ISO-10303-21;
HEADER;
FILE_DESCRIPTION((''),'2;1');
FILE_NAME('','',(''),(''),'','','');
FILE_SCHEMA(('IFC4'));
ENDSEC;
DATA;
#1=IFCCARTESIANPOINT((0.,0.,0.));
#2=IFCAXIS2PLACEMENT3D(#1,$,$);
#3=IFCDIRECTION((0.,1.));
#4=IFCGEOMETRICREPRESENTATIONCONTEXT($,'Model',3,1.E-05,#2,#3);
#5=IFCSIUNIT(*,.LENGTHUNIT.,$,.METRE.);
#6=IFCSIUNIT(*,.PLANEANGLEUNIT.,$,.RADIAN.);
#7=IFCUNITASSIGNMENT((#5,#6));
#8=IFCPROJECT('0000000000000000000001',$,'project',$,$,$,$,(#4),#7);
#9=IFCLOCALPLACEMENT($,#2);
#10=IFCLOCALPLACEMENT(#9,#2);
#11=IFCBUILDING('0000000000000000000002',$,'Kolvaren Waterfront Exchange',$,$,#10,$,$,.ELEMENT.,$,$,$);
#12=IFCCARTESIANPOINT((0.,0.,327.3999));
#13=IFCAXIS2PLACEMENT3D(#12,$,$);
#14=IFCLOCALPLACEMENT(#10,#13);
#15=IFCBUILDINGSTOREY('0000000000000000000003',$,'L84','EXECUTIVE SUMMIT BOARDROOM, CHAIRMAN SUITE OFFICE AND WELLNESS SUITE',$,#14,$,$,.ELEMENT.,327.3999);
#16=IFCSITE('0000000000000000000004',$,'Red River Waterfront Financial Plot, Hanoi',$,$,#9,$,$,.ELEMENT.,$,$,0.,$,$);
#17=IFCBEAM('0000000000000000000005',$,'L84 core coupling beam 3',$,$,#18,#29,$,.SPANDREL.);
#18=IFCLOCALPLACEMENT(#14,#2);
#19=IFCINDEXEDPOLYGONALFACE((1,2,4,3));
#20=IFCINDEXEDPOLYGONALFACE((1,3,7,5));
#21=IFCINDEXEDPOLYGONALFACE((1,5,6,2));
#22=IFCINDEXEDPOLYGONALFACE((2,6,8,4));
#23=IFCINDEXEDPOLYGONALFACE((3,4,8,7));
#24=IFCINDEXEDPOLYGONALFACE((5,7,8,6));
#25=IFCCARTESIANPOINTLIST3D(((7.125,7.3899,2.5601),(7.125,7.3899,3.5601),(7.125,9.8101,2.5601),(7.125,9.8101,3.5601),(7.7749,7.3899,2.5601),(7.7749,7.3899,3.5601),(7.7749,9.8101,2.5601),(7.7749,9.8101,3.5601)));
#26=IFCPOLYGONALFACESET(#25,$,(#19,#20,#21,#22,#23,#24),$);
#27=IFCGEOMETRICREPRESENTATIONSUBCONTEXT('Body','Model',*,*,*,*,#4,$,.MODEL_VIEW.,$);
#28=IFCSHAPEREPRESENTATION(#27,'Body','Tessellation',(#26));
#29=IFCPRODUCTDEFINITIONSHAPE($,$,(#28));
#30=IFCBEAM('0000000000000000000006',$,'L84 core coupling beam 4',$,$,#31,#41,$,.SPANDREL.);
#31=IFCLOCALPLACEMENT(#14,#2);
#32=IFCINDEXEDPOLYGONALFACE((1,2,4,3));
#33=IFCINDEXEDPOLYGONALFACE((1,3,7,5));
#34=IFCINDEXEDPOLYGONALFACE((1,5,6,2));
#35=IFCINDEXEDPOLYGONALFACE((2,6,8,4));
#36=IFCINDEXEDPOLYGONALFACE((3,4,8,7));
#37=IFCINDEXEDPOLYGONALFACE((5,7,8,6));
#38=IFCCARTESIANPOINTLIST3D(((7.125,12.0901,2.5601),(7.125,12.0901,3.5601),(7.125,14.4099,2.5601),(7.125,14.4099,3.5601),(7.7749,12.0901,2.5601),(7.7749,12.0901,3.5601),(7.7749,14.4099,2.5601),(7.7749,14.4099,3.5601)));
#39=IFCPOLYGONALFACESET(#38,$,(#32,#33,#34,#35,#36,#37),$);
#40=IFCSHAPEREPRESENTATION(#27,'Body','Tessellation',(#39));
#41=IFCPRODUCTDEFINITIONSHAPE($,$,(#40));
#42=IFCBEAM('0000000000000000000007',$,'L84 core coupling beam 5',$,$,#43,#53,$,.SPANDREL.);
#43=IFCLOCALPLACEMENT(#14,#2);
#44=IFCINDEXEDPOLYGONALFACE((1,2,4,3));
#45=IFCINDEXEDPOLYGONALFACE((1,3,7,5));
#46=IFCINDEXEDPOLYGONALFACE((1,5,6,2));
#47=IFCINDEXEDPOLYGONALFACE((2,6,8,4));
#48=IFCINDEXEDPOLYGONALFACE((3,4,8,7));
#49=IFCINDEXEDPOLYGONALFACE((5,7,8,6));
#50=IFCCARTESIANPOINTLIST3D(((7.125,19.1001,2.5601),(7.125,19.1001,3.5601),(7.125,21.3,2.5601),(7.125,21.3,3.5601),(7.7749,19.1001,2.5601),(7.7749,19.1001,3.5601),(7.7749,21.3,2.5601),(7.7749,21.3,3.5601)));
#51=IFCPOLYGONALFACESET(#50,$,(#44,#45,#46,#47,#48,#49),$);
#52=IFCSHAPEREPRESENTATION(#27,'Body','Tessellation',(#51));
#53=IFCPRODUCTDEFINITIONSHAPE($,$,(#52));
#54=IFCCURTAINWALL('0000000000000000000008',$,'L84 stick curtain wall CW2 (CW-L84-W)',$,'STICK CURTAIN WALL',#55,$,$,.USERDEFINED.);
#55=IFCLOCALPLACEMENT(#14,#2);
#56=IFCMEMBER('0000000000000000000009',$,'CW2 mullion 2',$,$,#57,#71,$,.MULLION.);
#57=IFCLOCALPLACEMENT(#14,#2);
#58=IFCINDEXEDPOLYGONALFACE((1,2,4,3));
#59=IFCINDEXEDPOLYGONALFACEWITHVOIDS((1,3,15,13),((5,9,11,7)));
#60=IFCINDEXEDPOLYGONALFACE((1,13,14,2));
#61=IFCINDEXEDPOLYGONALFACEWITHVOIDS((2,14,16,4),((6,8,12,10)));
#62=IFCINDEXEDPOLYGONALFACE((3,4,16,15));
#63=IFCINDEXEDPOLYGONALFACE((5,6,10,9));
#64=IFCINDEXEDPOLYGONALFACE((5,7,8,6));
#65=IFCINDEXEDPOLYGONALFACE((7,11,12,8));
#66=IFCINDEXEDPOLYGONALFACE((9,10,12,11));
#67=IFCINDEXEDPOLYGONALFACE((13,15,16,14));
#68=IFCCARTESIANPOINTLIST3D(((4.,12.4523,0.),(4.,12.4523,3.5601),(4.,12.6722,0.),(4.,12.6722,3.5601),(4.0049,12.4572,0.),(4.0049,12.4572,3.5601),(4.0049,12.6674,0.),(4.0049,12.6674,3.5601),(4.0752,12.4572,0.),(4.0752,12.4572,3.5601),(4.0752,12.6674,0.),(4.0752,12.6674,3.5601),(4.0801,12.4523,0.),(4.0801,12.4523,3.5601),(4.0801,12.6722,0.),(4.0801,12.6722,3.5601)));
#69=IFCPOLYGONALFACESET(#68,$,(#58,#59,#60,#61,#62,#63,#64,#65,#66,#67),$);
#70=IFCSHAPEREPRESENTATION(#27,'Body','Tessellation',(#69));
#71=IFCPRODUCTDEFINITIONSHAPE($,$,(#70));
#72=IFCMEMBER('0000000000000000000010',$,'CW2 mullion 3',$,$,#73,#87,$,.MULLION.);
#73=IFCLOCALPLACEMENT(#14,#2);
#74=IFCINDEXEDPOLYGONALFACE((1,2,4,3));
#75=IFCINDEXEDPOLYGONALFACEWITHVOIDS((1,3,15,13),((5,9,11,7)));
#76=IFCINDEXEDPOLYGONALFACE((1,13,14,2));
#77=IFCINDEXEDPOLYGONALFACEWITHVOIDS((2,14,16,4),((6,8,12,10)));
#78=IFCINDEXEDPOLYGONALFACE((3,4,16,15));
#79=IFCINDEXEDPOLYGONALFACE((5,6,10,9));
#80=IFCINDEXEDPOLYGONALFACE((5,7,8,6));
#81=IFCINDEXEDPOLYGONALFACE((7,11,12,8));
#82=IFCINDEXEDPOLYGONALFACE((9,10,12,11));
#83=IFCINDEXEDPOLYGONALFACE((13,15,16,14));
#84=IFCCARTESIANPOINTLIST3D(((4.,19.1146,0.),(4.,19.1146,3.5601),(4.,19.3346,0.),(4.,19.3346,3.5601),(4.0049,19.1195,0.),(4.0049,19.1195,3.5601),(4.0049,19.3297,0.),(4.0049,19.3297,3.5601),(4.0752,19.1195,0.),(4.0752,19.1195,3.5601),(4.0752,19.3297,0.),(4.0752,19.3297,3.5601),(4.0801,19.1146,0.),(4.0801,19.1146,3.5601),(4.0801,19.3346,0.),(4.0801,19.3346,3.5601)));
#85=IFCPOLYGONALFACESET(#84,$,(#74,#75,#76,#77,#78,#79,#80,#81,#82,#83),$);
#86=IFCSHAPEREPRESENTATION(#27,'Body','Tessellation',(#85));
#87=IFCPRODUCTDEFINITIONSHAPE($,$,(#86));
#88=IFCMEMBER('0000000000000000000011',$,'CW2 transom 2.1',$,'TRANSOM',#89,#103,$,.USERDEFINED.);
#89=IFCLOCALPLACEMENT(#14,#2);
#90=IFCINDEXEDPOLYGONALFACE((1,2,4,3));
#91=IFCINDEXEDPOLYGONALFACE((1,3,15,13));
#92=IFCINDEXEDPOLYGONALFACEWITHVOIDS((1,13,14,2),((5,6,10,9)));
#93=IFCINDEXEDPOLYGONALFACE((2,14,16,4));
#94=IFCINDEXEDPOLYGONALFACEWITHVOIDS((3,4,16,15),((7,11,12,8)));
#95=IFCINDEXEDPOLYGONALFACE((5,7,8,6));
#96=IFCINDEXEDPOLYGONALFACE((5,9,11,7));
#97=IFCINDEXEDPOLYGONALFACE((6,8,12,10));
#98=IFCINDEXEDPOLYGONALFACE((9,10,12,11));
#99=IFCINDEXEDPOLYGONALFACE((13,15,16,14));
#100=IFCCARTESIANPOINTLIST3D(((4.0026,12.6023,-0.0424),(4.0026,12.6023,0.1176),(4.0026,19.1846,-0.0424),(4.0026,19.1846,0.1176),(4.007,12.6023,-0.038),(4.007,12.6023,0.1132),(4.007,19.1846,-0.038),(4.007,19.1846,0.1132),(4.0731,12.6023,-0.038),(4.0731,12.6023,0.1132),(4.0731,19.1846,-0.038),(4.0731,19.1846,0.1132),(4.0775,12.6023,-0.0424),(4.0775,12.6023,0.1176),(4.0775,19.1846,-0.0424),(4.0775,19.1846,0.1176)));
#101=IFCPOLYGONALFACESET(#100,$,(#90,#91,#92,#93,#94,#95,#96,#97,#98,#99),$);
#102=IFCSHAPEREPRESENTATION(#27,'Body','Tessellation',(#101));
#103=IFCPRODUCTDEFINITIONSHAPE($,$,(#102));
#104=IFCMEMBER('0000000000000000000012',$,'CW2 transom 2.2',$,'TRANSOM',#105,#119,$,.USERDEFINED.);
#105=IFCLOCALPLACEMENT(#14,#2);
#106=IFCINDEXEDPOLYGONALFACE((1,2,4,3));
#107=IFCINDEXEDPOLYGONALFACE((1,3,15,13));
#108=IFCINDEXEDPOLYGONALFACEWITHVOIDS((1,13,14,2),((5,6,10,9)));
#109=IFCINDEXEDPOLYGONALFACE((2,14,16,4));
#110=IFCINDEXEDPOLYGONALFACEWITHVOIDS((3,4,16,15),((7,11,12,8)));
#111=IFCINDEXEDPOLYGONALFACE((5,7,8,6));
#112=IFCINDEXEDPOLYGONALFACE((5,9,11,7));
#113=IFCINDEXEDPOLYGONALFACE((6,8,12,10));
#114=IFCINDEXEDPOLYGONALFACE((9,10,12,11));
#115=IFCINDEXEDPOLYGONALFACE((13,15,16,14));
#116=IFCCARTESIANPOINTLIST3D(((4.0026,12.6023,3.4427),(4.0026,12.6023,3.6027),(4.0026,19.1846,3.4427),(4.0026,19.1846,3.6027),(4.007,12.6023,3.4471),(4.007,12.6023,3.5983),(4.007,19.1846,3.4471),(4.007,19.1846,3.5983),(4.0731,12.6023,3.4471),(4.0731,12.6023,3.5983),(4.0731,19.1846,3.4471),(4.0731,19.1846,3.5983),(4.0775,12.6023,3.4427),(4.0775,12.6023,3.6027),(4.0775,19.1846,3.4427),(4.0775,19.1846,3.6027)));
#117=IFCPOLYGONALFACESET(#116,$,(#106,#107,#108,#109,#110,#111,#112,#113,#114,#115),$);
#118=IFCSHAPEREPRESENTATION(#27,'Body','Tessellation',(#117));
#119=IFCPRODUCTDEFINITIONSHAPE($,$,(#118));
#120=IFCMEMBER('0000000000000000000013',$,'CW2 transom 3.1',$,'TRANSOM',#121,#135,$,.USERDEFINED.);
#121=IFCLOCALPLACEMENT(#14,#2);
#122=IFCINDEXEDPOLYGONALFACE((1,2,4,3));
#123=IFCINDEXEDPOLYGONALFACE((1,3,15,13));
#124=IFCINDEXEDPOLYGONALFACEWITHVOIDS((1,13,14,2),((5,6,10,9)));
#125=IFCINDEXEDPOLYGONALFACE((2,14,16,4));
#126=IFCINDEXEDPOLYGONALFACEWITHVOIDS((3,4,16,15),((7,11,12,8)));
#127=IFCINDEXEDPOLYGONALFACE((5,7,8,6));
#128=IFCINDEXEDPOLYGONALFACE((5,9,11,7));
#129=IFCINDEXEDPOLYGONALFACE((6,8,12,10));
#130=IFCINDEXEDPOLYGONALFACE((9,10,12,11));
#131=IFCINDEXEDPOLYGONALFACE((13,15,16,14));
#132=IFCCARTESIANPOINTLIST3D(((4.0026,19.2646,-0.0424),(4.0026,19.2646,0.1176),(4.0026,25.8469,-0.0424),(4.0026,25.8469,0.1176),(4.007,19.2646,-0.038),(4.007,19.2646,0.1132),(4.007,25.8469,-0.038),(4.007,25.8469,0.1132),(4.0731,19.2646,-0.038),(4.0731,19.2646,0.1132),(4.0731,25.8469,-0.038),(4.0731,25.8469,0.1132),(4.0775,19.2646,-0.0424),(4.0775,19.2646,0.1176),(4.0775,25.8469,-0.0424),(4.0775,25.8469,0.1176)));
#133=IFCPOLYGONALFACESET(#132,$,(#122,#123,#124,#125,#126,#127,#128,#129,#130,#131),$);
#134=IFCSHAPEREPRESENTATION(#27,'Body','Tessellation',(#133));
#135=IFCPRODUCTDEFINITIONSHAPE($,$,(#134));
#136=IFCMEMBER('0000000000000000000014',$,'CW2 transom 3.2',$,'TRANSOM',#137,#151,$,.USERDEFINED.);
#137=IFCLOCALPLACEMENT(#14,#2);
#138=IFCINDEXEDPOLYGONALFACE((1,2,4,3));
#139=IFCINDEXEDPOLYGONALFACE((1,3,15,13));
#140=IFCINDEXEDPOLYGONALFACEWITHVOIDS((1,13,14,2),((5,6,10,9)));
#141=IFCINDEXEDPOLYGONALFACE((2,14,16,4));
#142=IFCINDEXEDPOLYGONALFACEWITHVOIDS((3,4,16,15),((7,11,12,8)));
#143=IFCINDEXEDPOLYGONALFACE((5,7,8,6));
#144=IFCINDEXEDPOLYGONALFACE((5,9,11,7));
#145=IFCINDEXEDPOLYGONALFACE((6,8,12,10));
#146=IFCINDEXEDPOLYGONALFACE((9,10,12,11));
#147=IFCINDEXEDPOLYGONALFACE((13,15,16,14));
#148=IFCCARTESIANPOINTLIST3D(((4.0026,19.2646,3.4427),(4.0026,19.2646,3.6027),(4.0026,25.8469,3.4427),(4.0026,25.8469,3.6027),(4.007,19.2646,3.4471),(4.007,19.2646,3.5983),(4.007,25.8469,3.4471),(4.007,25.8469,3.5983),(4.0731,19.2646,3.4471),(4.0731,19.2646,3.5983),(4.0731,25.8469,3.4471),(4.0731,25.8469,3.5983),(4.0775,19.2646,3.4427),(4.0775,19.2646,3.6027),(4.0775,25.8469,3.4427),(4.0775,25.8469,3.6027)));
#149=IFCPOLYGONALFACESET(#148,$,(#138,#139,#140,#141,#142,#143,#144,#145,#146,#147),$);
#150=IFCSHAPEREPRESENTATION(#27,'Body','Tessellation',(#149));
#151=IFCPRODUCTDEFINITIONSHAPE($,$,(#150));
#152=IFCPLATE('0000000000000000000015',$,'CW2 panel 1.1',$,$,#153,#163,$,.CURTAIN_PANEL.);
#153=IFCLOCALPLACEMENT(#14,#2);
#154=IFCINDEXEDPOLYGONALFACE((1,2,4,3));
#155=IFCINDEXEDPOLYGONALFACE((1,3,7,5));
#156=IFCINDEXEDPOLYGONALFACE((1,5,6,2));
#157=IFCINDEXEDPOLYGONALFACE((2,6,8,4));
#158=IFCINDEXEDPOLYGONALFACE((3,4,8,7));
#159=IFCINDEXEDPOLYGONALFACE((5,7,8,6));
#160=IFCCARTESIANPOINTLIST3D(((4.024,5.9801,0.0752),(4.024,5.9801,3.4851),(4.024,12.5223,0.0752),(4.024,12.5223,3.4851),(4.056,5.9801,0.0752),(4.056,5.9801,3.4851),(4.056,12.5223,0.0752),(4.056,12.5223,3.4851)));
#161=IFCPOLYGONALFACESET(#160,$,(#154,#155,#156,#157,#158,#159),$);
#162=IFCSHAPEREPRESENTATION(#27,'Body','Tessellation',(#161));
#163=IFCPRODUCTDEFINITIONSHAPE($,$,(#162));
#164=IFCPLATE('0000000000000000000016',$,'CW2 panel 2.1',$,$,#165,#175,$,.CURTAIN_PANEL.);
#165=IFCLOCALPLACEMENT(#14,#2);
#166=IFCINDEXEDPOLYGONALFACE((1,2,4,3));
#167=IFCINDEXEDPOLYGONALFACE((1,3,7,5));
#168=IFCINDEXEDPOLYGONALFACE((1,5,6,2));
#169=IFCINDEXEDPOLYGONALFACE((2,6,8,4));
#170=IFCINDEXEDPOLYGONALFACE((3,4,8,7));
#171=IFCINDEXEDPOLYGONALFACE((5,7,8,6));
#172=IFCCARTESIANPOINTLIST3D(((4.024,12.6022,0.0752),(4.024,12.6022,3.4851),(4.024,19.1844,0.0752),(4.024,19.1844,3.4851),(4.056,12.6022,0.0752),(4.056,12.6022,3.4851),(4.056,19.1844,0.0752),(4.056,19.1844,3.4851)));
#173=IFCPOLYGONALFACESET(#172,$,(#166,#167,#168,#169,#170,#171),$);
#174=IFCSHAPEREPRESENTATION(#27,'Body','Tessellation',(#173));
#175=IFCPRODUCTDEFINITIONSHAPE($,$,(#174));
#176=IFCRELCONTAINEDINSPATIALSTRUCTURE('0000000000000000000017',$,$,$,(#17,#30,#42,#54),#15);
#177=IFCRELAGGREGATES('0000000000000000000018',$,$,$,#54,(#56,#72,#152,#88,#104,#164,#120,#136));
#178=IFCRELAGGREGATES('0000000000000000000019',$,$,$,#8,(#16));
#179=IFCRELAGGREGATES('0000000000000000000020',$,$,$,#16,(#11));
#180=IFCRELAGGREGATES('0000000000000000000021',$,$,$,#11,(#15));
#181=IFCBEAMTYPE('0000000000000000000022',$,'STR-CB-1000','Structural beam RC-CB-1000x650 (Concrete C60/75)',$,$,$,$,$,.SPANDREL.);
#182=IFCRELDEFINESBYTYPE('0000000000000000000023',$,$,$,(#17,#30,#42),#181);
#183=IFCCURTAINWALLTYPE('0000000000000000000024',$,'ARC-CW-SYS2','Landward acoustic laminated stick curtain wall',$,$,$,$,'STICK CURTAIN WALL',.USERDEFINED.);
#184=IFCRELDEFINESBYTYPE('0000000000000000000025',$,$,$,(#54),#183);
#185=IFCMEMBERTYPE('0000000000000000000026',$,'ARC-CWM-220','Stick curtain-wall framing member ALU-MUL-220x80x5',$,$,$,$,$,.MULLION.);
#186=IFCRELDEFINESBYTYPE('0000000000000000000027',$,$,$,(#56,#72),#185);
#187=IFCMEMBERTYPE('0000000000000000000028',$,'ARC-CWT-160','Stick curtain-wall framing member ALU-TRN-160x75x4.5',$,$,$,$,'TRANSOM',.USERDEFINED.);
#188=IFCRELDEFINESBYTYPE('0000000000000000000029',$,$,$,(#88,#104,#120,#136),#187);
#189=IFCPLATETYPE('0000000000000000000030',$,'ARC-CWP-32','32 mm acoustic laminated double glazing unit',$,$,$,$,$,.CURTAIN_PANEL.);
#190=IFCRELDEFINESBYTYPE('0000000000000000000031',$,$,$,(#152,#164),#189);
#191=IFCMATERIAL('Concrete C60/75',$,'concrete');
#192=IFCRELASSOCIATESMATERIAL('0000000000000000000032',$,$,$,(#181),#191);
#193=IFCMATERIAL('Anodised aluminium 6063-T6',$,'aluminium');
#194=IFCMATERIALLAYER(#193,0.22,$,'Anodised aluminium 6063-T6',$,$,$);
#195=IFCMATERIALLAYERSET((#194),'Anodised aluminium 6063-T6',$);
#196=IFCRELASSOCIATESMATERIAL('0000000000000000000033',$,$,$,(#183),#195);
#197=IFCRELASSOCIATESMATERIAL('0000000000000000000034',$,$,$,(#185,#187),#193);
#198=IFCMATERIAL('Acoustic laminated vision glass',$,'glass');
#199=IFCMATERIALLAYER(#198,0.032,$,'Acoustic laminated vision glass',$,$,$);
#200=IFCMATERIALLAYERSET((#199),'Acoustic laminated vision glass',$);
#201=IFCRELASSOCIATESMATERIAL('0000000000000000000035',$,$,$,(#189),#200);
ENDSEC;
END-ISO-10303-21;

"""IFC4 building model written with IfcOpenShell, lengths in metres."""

from ifc_helpers import new_model, si_unit, direction, frame, origin, origin_with_axes, origin_2d, place, context, subcontext, project, spatial, rectangle, hollow_rectangle, extrude, source, transform, mapped, material, layer, layer_set, material_profile, profile_set, type_object, element, aggregate, save


model = new_model("IFC4")

# Units and contexts
model_context = context("Model", 3, precision=1e-05, world=origin(), true_north=direction((0.0, 1.0)))
body_context = subcontext(model_context, "Body", "Model", "MODEL_VIEW")
ifc_project = project(units=[si_unit("LENGTHUNIT", "METRE"), si_unit("PLANEANGLEUNIT", "RADIAN")], contexts=[model_context])

# Site, building, storey
site_placement = place(None, origin())
site = spatial("IfcSite", under=ifc_project, at=site_placement, Name="Red River Waterfront Financial Plot, Hanoi", CompositionType="ELEMENT", RefElevation=0.0)
building_placement = place(site_placement, origin())
building = spatial("IfcBuilding", under=site, at=building_placement, Name="Kolvaren Waterfront Exchange", CompositionType="ELEMENT")
storey_placement = place(building_placement, frame((0.0, 0.0, 327.3999)))
storey = spatial("IfcBuildingStorey", under=building, at=storey_placement, Name="L84", Description="EXECUTIVE SUMMIT BOARDROOM, CHAIRMAN SUITE OFFICE AND WELLNESS SUITE", CompositionType="ELEMENT", Elevation=327.3999)

# Beams
ifc_material_1 = material(Name="Concrete C60/75", Category="concrete")
ifc_material_profile_1 = material_profile(ifc_material_1, rectangle(XDim=0.6499, YDim=1.0, at=origin_2d()), Name="RC-CB-1000x650")
ifc_profile_set_1 = profile_set([ifc_material_profile_1], Name="Concrete C60/75")
beam_type = type_object("IfcBeamType", Name="STR-CB-1000", Description="Structural beam RC-CB-1000x650 (Concrete C60/75)", PredefinedType="SPANDREL", material=ifc_profile_set_1)
beam_1_placement = place(storey_placement, frame((7.45, 7.3899, 3.0601), z_axis=(0.0, 1.0, 0.0), x_axis=(-1.0, 0.0, 0.0)))
element("IfcBeam", 1, at=beam_1_placement, inside=storey, type_object=beam_type, Name="L84 core coupling beam 3", PredefinedType="SPANDREL", context=body_context, shape_type="SweptSolid", body=[
    extrude(rectangle(XDim=0.6499, YDim=1.0, at=origin_2d()), origin(), (0.0, 0.0, 1.0), 2.4202),
])
beam_2_placement = place(storey_placement, frame((7.45, 12.0901, 3.0601), z_axis=(0.0, 1.0, 0.0), x_axis=(-1.0, 0.0, 0.0)))
element("IfcBeam", 2, at=beam_2_placement, inside=storey, type_object=beam_type, Name="L84 core coupling beam 4", PredefinedType="SPANDREL", context=body_context, shape_type="SweptSolid", body=[
    extrude(rectangle(XDim=0.6499, YDim=1.0, at=origin_2d()), origin(), (0.0, 0.0, 1.0), 2.3198),
])
beam_3_placement = place(storey_placement, frame((7.45, 19.1001, 3.0601), z_axis=(0.0, 1.0, 0.0), x_axis=(-1.0, 0.0, 0.0)))
element("IfcBeam", 3, at=beam_3_placement, inside=storey, type_object=beam_type, Name="L84 core coupling beam 5", PredefinedType="SPANDREL", context=body_context, shape_type="SweptSolid", body=[
    extrude(rectangle(XDim=0.6499, YDim=1.0, at=origin_2d()), origin(), (0.0, 0.0, 1.0), 2.2),
])

# Curtain wall, members, plates
ifc_material_2 = material(Name="Anodised aluminium 6063-T6", Category="aluminium")
ifc_layer_1 = layer(ifc_material_2, 0.22, Name="Anodised aluminium 6063-T6")
ifc_layer_set_1 = layer_set([ifc_layer_1], Name="Anodised aluminium 6063-T6")
curtain_wall_type = type_object("IfcCurtainWallType", Name="ARC-CW-SYS2", Description="Landward acoustic laminated stick curtain wall", ElementType="STICK CURTAIN WALL", PredefinedType="USERDEFINED", material=ifc_layer_set_1)
curtain_wall_placement = place(storey_placement, origin())
curtain_wall = element("IfcCurtainWall", 4, at=curtain_wall_placement, inside=storey, type_object=curtain_wall_type, Name="L84 stick curtain wall CW2 (CW-L84-W)", ObjectType="STICK CURTAIN WALL", PredefinedType="USERDEFINED")
ifc_material_profile_2 = material_profile(ifc_material_2, hollow_rectangle(XDim=0.0801, YDim=0.22, WallThickness=0.0049, at=origin_2d()), Name="ALU-MUL-220x80x5")
ifc_profile_set_2 = profile_set([ifc_material_profile_2], Name="Anodised aluminium 6063-T6")
member_type_1 = type_object("IfcMemberType", Name="ARC-CWM-220", Description="Stick curtain-wall framing member ALU-MUL-220x80x5", PredefinedType="MULLION", material=ifc_profile_set_2)
shared_shape_1 = source(origin_with_axes(), body_context, "Body", "SweptSolid", [
    extrude(hollow_rectangle(XDim=0.0801, YDim=0.22, WallThickness=0.0049, at=origin_2d()), origin(), (0.0, 0.0, 1.0), 3.5601),
])
member_1_placement = place(storey_placement, frame((4.04, 12.5623, 0.0), z_axis=(0.0, 0.0, 1.0), x_axis=(-1.0, 0.0, 0.0)))
member_1 = element("IfcMember", 5, at=member_1_placement, type_object=member_type_1, Name="CW2 mullion 2", PredefinedType="MULLION", context=body_context, shape_type="MappedRepresentation", body=[
    mapped(shared_shape_1, transform((0.0, 0.0, 0.0), x_axis=(1.0, 0.0, 0.0), y_axis=(0.0, 1.0, 0.0), z_axis=(0.0, 0.0, 1.0), scale=1.0)),
])
member_2_placement = place(storey_placement, frame((4.04, 19.2246, 0.0), z_axis=(0.0, 0.0, 1.0), x_axis=(-1.0, 0.0, 0.0)))
member_2 = element("IfcMember", 6, at=member_2_placement, type_object=member_type_1, Name="CW2 mullion 3", PredefinedType="MULLION", context=body_context, shape_type="MappedRepresentation", body=[
    mapped(shared_shape_1, transform((0.0, 0.0, 0.0), x_axis=(1.0, 0.0, 0.0), y_axis=(0.0, 1.0, 0.0), z_axis=(0.0, 0.0, 1.0), scale=1.0)),
])
ifc_material_profile_3 = material_profile(ifc_material_2, hollow_rectangle(XDim=0.075, YDim=0.1599, WallThickness=0.0044, at=origin_2d()), Name="ALU-TRN-160x75x4.5")
ifc_profile_set_3 = profile_set([ifc_material_profile_3], Name="Anodised aluminium 6063-T6")
member_type_2 = type_object("IfcMemberType", Name="ARC-CWT-160", Description="Stick curtain-wall framing member ALU-TRN-160x75x4.5", ElementType="TRANSOM", PredefinedType="USERDEFINED", material=ifc_profile_set_3)
shared_shape_2 = source(origin_with_axes(), body_context, "Body", "SweptSolid", [
    extrude(hollow_rectangle(XDim=0.075, YDim=0.1599, WallThickness=0.0044, at=origin_2d()), origin(), (0.0, 0.0, 1.0), 6.5823),
])
member_3_placement = place(storey_placement, frame((4.04, 12.6023, 0.0376), z_axis=(0.0, 1.0, 0.0), x_axis=(-1.0, 0.0, 0.0)))
member_3 = element("IfcMember", 7, at=member_3_placement, type_object=member_type_2, Name="CW2 transom 2.1", ObjectType="TRANSOM", PredefinedType="USERDEFINED", context=body_context, shape_type="MappedRepresentation", body=[
    mapped(shared_shape_2, transform((0.0, 0.0, 0.0), x_axis=(1.0, 0.0, 0.0), y_axis=(0.0, 1.0, 0.0), z_axis=(0.0, 0.0, 1.0), scale=1.0)),
])
member_4_placement = place(storey_placement, frame((4.04, 12.6023, 3.5227), z_axis=(0.0, 1.0, 0.0), x_axis=(-1.0, 0.0, 0.0)))
member_4 = element("IfcMember", 8, at=member_4_placement, type_object=member_type_2, Name="CW2 transom 2.2", ObjectType="TRANSOM", PredefinedType="USERDEFINED", context=body_context, shape_type="MappedRepresentation", body=[
    mapped(shared_shape_2, transform((0.0, 0.0, 0.0), x_axis=(1.0, 0.0, 0.0), y_axis=(0.0, 1.0, 0.0), z_axis=(0.0, 0.0, 1.0), scale=1.0)),
])
member_5_placement = place(storey_placement, frame((4.04, 19.2646, 0.0376), z_axis=(0.0, 1.0, 0.0), x_axis=(-1.0, 0.0, 0.0)))
member_5 = element("IfcMember", 9, at=member_5_placement, type_object=member_type_2, Name="CW2 transom 3.1", ObjectType="TRANSOM", PredefinedType="USERDEFINED", context=body_context, shape_type="MappedRepresentation", body=[
    mapped(shared_shape_2, transform((0.0, 0.0, 0.0), x_axis=(1.0, 0.0, 0.0), y_axis=(0.0, 1.0, 0.0), z_axis=(0.0, 0.0, 1.0), scale=1.0)),
])
member_6_placement = place(storey_placement, frame((4.04, 19.2646, 3.5227), z_axis=(0.0, 1.0, 0.0), x_axis=(-1.0, 0.0, 0.0)))
member_6 = element("IfcMember", 10, at=member_6_placement, type_object=member_type_2, Name="CW2 transom 3.2", ObjectType="TRANSOM", PredefinedType="USERDEFINED", context=body_context, shape_type="MappedRepresentation", body=[
    mapped(shared_shape_2, transform((0.0, 0.0, 0.0), x_axis=(1.0, 0.0, 0.0), y_axis=(0.0, 1.0, 0.0), z_axis=(0.0, 0.0, 1.0), scale=1.0)),
])
ifc_material_3 = material(Name="Acoustic laminated vision glass", Category="glass")
ifc_layer_2 = layer(ifc_material_3, 0.032, Name="Acoustic laminated vision glass")
ifc_layer_set_2 = layer_set([ifc_layer_2], Name="Acoustic laminated vision glass")
plate_type = type_object("IfcPlateType", Name="ARC-CWP-32", Description="32 mm acoustic laminated double glazing unit", PredefinedType="CURTAIN_PANEL", material=ifc_layer_set_2)
shared_shape_3 = source(origin_with_axes(), body_context, "Body", "SweptSolid", [
    extrude(rectangle(XDim=6.5422, YDim=0.032, at=origin_2d()), origin(), (0.0, 0.0, 1.0), 3.4099),
])
plate_1_placement = place(storey_placement, frame((4.04, 9.2512, 0.0752), z_axis=(0.0, 0.0, 1.0), x_axis=(0.0, 1.0, 0.0)))
plate_1 = element("IfcPlate", 11, at=plate_1_placement, type_object=plate_type, Name="CW2 panel 1.1", PredefinedType="CURTAIN_PANEL", context=body_context, shape_type="MappedRepresentation", body=[
    mapped(shared_shape_3, transform((0.0, 0.0, 0.0), x_axis=(1.0, 0.0, 0.0), y_axis=(0.0, 1.0, 0.0), z_axis=(0.0, 0.0, 1.0), scale=1.0)),
])
shared_shape_4 = source(origin_with_axes(), body_context, "Body", "SweptSolid", [
    extrude(rectangle(XDim=6.5823, YDim=0.032, at=origin_2d()), origin(), (0.0, 0.0, 1.0), 3.4099),
])
plate_2_placement = place(storey_placement, frame((4.04, 15.8933, 0.0752), z_axis=(0.0, 0.0, 1.0), x_axis=(0.0, 1.0, 0.0)))
plate_2 = element("IfcPlate", 12, at=plate_2_placement, type_object=plate_type, Name="CW2 panel 2.1", PredefinedType="CURTAIN_PANEL", context=body_context, shape_type="MappedRepresentation", body=[
    mapped(shared_shape_4, transform((0.0, 0.0, 0.0), x_axis=(1.0, 0.0, 0.0), y_axis=(0.0, 1.0, 0.0), z_axis=(0.0, 0.0, 1.0), scale=1.0)),
])
aggregate(curtain_wall, [member_1, member_2, plate_1, member_3, member_4, plate_2, member_5, member_6])

save(model, "model.ifc")
